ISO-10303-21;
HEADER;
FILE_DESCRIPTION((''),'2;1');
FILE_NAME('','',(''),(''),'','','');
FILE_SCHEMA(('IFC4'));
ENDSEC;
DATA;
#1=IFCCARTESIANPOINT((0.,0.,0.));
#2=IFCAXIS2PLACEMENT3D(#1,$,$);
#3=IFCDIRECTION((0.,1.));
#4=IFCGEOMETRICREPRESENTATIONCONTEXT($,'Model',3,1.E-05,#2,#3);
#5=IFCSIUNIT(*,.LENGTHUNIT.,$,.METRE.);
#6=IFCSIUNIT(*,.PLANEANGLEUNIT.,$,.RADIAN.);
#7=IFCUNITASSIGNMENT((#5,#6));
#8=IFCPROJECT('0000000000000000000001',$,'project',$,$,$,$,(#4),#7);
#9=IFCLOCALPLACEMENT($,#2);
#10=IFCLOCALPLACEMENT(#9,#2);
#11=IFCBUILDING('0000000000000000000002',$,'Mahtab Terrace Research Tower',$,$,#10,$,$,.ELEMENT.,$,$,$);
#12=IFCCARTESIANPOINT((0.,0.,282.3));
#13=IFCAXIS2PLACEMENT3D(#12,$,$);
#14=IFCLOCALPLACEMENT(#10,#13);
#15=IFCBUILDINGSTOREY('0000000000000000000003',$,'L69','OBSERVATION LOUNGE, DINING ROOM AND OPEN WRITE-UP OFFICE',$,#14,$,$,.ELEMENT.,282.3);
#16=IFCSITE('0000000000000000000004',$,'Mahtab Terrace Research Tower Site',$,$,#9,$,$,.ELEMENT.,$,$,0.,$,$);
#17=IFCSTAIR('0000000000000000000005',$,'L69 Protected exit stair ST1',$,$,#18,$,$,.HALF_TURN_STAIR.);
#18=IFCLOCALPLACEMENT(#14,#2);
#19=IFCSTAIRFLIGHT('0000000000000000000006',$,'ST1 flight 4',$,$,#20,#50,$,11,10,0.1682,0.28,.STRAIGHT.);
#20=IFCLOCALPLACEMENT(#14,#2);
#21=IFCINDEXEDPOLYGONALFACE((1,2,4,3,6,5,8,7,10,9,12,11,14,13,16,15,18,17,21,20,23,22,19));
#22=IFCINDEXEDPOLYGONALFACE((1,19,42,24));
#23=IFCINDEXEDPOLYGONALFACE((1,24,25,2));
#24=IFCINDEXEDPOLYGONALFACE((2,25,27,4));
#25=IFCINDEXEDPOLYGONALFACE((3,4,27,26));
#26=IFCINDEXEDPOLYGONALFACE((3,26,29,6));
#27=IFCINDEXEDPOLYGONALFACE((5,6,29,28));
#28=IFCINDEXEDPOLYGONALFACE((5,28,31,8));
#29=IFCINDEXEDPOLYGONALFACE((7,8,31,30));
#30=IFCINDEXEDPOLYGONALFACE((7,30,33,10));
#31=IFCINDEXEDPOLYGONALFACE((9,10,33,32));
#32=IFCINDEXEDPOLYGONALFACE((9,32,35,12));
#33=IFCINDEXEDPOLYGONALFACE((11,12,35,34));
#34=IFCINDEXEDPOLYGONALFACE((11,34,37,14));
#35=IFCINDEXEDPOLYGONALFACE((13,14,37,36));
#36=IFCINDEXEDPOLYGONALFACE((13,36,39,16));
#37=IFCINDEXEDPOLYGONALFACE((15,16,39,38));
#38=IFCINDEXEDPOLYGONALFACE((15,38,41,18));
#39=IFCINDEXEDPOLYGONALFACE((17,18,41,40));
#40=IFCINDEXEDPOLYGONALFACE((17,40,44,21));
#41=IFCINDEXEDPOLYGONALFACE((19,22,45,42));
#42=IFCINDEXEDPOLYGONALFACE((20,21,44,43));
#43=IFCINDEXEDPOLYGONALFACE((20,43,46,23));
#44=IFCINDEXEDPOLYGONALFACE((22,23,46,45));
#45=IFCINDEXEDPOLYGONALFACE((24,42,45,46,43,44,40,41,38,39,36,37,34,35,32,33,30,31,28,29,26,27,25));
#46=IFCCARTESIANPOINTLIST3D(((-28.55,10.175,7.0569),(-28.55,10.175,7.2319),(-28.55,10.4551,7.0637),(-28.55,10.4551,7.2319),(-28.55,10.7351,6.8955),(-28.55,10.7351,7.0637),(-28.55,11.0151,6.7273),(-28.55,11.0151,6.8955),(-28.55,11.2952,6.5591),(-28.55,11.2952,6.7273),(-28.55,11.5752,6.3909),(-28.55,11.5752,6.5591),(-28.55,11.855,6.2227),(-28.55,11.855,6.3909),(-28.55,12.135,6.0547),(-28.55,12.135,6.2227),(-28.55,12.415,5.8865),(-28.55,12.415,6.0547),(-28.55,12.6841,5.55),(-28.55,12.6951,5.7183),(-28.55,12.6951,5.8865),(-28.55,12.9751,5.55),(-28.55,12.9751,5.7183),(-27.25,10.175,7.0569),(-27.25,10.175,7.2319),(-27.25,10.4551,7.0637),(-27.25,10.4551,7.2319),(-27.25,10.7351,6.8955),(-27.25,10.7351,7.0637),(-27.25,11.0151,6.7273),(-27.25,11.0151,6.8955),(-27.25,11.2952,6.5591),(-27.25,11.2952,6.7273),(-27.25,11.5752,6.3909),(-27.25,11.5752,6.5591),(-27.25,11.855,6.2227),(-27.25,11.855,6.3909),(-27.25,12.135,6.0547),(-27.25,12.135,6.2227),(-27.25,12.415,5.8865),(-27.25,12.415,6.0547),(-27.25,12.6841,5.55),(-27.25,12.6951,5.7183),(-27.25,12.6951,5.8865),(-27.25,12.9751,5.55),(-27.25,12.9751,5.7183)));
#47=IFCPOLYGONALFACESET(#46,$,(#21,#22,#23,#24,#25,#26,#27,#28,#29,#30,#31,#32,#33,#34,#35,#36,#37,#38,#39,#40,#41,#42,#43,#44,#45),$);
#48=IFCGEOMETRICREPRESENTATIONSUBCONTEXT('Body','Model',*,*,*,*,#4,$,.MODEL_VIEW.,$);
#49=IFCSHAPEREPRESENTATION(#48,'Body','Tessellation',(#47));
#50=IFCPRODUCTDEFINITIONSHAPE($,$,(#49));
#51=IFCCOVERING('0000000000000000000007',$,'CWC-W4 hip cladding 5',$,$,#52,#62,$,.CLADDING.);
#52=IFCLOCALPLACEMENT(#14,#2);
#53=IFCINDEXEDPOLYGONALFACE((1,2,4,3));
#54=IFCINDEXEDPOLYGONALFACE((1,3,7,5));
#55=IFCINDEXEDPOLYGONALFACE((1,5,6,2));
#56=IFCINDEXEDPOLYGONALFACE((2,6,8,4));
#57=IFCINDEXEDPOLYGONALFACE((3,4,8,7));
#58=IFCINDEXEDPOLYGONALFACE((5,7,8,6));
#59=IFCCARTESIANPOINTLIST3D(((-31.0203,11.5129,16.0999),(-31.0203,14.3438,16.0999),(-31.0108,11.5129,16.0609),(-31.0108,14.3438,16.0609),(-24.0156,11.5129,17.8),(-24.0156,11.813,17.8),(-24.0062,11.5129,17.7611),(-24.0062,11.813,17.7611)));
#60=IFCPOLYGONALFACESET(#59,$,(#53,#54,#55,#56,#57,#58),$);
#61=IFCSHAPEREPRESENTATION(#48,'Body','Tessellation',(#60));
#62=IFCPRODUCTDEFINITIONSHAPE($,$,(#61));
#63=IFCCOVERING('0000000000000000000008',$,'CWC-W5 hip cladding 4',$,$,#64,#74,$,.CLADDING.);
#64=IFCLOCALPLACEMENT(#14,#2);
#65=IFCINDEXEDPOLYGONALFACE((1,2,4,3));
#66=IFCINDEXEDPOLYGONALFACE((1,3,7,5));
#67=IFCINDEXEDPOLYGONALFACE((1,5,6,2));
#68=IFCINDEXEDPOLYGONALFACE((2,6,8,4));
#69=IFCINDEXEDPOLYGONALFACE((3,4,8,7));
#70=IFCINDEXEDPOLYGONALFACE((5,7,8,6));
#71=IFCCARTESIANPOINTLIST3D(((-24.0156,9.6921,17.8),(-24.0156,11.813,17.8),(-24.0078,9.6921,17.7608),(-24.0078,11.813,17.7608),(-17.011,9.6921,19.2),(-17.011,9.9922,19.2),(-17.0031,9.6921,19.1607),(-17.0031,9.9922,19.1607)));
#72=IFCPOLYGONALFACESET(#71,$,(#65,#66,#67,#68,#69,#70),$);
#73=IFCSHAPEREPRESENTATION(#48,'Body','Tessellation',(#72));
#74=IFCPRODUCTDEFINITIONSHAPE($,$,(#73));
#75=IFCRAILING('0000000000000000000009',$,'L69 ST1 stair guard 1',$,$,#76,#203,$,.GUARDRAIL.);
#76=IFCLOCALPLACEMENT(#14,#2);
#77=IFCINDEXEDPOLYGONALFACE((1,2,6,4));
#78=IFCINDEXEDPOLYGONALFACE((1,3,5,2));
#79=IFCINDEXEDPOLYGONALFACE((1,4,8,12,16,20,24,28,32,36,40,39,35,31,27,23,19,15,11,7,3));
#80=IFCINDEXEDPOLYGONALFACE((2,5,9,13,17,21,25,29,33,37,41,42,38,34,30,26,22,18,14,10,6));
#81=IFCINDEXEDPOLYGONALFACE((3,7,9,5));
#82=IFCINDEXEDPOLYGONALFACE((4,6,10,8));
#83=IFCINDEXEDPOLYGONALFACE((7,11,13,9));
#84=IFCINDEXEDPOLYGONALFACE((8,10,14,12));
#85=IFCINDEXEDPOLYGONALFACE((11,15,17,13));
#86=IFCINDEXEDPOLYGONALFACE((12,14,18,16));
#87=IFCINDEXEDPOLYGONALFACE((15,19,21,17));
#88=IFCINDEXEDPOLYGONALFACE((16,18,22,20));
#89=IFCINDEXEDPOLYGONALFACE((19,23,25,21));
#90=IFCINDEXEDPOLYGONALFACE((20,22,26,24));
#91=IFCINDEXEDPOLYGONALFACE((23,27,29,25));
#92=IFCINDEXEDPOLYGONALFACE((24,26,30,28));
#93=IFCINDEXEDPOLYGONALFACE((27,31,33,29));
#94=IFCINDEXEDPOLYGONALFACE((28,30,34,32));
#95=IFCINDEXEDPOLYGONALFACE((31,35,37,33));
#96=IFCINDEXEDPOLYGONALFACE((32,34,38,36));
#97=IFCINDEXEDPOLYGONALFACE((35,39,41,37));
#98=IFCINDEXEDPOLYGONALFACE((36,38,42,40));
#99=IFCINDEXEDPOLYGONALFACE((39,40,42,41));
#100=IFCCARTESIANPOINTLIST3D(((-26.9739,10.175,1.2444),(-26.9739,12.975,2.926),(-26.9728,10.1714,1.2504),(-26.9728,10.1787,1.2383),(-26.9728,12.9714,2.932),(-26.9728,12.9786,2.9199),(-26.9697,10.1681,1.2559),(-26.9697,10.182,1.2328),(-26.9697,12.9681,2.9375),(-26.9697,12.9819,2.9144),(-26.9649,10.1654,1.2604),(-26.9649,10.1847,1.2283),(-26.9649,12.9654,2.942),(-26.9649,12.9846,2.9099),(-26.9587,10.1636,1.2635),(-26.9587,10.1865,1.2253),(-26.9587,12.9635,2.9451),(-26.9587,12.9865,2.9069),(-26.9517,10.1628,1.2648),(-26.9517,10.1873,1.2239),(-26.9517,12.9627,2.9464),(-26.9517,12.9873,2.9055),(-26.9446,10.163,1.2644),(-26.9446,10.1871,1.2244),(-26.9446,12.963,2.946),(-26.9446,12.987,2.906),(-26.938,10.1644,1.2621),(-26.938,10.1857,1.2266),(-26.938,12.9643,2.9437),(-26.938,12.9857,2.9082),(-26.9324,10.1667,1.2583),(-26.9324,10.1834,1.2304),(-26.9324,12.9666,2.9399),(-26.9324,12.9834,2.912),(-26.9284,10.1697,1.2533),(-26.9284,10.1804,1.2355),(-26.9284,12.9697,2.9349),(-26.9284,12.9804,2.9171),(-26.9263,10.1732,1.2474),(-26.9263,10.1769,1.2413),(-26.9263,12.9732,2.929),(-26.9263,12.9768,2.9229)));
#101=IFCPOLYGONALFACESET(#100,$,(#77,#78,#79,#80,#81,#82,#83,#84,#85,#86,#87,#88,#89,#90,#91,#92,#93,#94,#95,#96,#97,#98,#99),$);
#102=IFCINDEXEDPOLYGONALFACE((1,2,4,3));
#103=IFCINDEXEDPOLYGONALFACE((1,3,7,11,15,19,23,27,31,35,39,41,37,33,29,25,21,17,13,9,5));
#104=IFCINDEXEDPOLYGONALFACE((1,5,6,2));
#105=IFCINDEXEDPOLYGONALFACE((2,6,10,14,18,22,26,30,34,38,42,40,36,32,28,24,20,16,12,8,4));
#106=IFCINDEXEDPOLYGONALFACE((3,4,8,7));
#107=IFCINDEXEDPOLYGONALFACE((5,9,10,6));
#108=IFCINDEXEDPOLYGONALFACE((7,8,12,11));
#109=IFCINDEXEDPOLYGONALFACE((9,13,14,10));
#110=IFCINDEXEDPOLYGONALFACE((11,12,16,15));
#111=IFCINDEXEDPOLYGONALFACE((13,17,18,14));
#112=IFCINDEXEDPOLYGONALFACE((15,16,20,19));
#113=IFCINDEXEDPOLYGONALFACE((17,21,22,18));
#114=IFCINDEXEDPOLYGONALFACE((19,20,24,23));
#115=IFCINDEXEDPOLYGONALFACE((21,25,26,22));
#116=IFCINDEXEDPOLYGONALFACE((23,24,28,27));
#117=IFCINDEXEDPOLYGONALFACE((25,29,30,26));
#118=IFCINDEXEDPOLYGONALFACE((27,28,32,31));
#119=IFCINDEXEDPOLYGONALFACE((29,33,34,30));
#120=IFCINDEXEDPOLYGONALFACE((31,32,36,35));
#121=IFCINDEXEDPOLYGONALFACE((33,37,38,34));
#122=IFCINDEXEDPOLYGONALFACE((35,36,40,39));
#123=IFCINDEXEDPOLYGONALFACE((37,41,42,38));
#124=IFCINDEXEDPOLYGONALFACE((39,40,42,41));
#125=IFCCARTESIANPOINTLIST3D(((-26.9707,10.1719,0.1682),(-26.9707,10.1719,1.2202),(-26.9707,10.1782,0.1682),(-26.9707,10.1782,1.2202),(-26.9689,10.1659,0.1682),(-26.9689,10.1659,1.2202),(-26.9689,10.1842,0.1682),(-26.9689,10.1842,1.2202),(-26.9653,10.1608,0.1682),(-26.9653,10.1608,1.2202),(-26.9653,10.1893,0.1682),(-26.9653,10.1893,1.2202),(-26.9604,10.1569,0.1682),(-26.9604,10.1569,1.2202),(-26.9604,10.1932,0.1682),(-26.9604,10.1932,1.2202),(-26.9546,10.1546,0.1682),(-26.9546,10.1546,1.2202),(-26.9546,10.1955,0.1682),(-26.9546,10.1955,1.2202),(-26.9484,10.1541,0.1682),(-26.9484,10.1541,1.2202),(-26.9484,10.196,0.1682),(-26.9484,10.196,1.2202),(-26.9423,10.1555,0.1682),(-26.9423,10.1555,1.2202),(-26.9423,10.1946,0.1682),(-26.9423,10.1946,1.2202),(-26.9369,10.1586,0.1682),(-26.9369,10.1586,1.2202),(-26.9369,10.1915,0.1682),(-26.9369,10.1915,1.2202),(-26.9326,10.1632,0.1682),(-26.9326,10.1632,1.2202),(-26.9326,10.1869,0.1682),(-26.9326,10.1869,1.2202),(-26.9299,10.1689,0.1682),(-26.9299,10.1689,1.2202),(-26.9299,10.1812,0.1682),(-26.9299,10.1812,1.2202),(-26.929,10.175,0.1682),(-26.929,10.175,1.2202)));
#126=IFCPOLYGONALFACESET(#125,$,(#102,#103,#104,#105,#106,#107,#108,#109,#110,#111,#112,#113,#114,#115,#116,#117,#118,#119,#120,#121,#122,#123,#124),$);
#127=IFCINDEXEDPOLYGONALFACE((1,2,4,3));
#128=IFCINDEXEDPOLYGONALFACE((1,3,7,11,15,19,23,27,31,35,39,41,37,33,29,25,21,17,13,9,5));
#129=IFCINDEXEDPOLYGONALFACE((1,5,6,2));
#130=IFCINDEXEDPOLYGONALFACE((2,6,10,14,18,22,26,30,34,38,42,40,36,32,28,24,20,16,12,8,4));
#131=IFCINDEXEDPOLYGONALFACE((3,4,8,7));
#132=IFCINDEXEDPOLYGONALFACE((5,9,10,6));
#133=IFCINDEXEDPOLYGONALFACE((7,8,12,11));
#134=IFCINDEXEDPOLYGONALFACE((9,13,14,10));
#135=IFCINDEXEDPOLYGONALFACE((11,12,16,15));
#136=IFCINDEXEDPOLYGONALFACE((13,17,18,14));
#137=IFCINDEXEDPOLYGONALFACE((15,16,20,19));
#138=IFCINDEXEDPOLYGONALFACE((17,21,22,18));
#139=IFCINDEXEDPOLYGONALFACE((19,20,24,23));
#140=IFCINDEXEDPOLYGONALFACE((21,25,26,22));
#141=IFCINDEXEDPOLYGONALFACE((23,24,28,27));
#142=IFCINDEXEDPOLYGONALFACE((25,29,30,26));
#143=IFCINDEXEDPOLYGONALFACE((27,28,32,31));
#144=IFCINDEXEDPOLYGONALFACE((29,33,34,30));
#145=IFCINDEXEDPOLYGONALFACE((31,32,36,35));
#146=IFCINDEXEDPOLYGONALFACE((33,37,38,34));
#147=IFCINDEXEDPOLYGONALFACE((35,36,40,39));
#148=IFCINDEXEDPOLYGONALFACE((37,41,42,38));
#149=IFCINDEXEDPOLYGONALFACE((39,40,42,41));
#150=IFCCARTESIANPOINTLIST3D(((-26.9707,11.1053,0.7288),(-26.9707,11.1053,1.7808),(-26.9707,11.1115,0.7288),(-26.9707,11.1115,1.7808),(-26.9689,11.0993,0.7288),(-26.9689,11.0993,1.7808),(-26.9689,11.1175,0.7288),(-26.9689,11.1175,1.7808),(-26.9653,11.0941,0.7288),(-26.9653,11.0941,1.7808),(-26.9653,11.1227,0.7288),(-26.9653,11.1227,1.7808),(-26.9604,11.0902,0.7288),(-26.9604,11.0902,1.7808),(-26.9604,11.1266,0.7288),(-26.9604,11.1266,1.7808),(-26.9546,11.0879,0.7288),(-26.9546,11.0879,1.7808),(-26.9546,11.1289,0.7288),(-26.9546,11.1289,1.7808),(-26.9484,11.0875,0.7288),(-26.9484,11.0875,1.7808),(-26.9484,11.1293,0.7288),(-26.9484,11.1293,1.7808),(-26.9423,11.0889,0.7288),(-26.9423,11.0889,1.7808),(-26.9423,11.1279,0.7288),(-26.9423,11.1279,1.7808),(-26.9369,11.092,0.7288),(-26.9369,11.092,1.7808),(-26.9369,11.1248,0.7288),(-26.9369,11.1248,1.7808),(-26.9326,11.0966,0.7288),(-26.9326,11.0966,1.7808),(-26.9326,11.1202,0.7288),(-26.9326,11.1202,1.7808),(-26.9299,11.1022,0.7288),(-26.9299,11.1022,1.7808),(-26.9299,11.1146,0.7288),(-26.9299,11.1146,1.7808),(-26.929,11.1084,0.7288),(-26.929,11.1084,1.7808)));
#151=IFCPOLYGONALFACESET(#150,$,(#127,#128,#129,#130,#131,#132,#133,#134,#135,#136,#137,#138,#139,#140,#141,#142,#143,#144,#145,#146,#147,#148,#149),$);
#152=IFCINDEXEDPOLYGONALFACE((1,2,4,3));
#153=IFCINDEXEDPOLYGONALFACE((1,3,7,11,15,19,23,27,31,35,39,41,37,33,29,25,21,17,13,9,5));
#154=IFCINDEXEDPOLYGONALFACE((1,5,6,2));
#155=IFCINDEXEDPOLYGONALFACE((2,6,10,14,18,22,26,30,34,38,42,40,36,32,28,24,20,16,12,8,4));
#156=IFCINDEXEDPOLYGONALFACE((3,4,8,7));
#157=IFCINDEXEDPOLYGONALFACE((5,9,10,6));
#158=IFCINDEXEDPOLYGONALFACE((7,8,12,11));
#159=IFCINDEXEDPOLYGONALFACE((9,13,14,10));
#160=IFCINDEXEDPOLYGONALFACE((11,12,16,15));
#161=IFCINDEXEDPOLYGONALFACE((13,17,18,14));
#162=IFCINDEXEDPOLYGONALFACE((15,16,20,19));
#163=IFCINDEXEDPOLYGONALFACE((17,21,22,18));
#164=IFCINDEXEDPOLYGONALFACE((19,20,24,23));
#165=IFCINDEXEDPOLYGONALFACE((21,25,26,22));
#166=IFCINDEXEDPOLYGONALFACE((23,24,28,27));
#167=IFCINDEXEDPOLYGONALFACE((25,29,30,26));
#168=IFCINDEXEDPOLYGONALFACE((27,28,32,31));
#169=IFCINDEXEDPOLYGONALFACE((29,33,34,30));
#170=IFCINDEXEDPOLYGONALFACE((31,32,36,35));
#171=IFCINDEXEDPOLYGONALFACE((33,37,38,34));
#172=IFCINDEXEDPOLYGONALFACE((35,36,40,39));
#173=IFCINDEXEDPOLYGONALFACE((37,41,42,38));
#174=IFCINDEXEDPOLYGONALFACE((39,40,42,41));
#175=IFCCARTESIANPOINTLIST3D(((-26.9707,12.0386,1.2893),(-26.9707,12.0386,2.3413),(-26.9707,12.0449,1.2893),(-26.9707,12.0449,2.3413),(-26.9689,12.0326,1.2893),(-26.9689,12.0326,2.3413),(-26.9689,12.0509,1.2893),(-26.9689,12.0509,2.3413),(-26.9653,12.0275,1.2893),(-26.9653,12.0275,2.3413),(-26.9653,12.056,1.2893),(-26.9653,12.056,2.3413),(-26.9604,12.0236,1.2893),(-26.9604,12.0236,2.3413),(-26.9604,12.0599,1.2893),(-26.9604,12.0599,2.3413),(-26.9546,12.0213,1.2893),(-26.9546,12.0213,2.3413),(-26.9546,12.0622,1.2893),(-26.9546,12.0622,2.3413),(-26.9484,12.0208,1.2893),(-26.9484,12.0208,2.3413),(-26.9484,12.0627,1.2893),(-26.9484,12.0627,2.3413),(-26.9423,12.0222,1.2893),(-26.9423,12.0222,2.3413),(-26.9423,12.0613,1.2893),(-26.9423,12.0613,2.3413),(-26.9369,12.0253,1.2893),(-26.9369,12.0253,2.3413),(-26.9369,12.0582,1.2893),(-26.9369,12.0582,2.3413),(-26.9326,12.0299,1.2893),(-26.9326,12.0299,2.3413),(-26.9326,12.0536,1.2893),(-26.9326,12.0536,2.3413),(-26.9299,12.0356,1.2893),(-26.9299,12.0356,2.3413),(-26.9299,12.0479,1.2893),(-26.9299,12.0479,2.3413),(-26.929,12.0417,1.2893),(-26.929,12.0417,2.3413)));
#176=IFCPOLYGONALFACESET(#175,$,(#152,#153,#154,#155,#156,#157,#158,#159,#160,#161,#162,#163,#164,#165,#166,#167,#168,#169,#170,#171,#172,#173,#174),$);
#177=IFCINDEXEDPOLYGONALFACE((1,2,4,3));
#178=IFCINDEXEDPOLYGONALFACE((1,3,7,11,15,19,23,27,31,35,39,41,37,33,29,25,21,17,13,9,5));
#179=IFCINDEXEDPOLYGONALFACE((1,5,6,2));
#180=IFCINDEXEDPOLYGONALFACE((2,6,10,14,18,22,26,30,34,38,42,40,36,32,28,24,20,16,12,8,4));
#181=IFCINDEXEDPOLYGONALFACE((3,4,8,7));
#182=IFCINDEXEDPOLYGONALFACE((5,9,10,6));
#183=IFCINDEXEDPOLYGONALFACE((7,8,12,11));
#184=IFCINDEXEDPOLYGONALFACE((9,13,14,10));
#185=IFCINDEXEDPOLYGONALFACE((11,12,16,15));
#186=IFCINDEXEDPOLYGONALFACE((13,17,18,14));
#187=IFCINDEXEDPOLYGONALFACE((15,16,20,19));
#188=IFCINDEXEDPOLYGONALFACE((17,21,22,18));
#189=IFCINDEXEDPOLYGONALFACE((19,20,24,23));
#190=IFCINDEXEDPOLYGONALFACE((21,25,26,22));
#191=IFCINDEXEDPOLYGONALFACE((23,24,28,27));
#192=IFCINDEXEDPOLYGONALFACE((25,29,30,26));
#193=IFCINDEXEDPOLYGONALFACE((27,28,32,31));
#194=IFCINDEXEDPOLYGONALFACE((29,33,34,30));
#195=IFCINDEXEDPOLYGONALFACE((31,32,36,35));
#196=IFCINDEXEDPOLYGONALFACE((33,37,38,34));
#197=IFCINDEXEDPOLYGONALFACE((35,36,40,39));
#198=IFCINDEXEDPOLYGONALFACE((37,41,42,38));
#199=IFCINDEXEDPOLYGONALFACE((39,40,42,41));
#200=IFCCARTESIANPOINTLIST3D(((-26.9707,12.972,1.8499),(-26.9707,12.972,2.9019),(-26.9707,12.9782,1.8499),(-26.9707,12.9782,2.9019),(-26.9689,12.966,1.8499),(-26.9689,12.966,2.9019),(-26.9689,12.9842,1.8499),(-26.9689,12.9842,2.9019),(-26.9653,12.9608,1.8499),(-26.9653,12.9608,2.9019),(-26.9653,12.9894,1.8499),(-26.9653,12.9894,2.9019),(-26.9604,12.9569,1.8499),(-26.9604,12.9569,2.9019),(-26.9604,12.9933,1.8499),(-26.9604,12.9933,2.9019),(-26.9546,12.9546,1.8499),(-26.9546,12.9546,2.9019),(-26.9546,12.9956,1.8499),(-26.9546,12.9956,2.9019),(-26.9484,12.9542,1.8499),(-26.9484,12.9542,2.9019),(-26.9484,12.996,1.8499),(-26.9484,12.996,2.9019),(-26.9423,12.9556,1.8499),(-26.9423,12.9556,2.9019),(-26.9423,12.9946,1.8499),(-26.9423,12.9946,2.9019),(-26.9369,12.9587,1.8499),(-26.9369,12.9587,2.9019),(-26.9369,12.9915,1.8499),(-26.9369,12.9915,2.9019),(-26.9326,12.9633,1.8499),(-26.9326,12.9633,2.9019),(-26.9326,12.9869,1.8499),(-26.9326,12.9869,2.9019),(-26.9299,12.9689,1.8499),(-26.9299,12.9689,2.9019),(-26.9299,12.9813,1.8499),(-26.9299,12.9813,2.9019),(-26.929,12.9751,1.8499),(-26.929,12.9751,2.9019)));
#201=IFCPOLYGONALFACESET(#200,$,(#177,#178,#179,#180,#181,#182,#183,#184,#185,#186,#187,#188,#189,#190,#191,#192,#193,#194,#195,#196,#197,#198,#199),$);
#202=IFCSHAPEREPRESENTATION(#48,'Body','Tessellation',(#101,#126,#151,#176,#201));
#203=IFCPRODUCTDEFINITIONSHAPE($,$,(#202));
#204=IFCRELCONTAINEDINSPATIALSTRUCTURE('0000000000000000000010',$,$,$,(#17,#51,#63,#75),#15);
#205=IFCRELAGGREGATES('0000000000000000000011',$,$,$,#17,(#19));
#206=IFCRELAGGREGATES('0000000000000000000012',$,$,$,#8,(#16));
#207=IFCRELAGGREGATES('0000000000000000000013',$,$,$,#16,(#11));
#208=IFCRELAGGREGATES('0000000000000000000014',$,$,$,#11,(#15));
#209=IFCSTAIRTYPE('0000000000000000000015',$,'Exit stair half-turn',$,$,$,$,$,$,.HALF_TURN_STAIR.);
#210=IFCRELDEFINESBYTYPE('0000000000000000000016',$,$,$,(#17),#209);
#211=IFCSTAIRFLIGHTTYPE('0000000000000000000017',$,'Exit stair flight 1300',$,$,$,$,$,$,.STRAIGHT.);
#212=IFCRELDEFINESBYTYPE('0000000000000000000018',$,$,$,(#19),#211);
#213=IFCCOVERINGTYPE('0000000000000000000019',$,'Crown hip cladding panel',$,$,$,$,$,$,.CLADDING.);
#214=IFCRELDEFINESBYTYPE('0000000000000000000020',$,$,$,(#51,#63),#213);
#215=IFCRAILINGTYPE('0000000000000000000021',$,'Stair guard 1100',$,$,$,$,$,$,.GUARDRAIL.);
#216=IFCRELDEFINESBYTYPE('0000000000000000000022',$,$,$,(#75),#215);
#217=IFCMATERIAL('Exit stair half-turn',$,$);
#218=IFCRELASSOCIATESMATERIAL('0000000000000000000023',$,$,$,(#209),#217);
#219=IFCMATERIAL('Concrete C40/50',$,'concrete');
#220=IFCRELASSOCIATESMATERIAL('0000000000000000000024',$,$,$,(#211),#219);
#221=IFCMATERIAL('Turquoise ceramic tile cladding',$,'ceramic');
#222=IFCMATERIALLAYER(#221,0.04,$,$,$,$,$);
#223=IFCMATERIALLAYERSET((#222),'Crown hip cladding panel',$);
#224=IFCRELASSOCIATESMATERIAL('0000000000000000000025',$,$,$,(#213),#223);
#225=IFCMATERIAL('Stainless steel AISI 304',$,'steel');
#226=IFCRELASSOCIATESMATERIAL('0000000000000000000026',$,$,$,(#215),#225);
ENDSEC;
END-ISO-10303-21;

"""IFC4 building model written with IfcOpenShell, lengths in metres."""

from ifc_helpers import new_model, si_unit, direction, frame, origin, origin_2d, place, context, subcontext, project, spatial, polyline, circle, outline, extrude, material, layer, layer_set, type_object, element, aggregate, save


model = new_model("IFC4")

# Units and contexts
model_context = context("Model", 3, precision=1e-05, world=origin(), true_north=direction((0.0, 1.0)))
body_context = subcontext(model_context, "Body", "Model", "MODEL_VIEW")
ifc_project = project(units=[si_unit("LENGTHUNIT", "METRE"), si_unit("PLANEANGLEUNIT", "RADIAN")], contexts=[model_context])

# Site, building, storey
site_placement = place(None, origin())
site = spatial("IfcSite", under=ifc_project, at=site_placement, Name="Mahtab Terrace Research Tower Site", CompositionType="ELEMENT", RefElevation=0.0)
building_placement = place(site_placement, origin())
building = spatial("IfcBuilding", under=site, at=building_placement, Name="Mahtab Terrace Research Tower", CompositionType="ELEMENT")
storey_placement = place(building_placement, frame((0.0, 0.0, 282.3)))
storey = spatial("IfcBuildingStorey", under=building, at=storey_placement, Name="L69", Description="OBSERVATION LOUNGE, DINING ROOM AND OPEN WRITE-UP OFFICE", CompositionType="ELEMENT", Elevation=282.3)

# Stair, stair flight
ifc_material_1 = material(Name="Exit stair half-turn")
stair_type = type_object("IfcStairType", Name="Exit stair half-turn", PredefinedType="HALF_TURN_STAIR", material=ifc_material_1)
stair_placement = place(storey_placement, origin())
stair = element("IfcStair", 1, at=stair_placement, inside=storey, type_object=stair_type, Name="L69 Protected exit stair ST1", PredefinedType="HALF_TURN_STAIR")
ifc_material_2 = material(Name="Concrete C40/50", Category="concrete")
stair_flight_type = type_object("IfcStairFlightType", Name="Exit stair flight 1300", PredefinedType="STRAIGHT", material=ifc_material_2)
stair_flight_1_placement = place(storey_placement, frame((-27.8999, 12.9751, 5.55), z_axis=(0.0, 0.0, 1.0), x_axis=(0.0, -1.0, 0.0)))
stair_flight_1 = element("IfcStairFlight", 2, at=stair_flight_1_placement, type_object=stair_flight_type, Name="ST1 flight 4", NumberOfRisers=11, NumberOfTreads=10, PredefinedType="STRAIGHT", RiserHeight=0.1682, TreadLength=0.28, context=body_context, shape_type="SweptSolid", body=[
    extrude(outline(polyline([(0.0, 0.0), (0.0, 0.1682), (0.28, 0.1682), (0.28, 0.3364), (0.5601, 0.3364), (0.5601, 0.5046), (0.8401, 0.5046), (0.8401, 0.6726), (1.1201, 0.6726), (1.1201, 0.8408), (1.3999, 0.8408), (1.3999, 1.009), (1.6799, 1.009), (1.6799, 1.1772), (1.96, 1.1772), (1.96, 1.3455), (2.24, 1.3455), (2.24, 1.5137), (2.52, 1.5137), (2.52, 1.6819), (2.8, 1.6819), (2.8, 1.8501), (2.8, 1.5068), (0.291, 0.0), (0.0, 0.0)])), frame((0.0, 0.6499, 0.0), z_axis=(0.0, -1.0, 0.0), x_axis=(1.0, 0.0, 0.0)), (0.0, 0.0, 1.0), 1.3),
])
aggregate(stair, [stair_flight_1])

# Coverings
ifc_material_3 = material(Name="Turquoise ceramic tile cladding", Category="ceramic")
ifc_layer_1 = layer(ifc_material_3, 0.04)
ifc_layer_set_1 = layer_set([ifc_layer_1], Name="Crown hip cladding panel")
covering_type = type_object("IfcCoveringType", Name="Crown hip cladding panel", PredefinedType="CLADDING", material=ifc_layer_set_1)
covering_1_placement = place(storey_placement, frame((-31.0203, 14.3438, 16.0999), z_axis=(-0.235875, 0.0, 0.971783), x_axis=(0.91691, -0.331278, 0.222556)))
element("IfcCovering", 3, at=covering_1_placement, inside=storey, type_object=covering_type, Name="CWC-W4 hip cladding 5", PredefinedType="CLADDING", context=body_context, shape_type="SweptSolid", body=[
    extrude(outline(polyline([(0.0, 0.0), (7.6394, 0.0), (7.7388, -0.2831), (0.9378, -2.671), (0.0, 0.0)])), origin(), (0.0, 0.0, -1.0), 0.04),
])
covering_2_placement = place(storey_placement, frame((-24.0156, 11.813, 17.8), z_axis=(-0.195978, 0.0, 0.980608), x_axis=(0.950224, -0.247003, 0.189906)))
element("IfcCovering", 4, at=covering_2_placement, inside=storey, type_object=covering_type, Name="CWC-W5 hip cladding 4", PredefinedType="CLADDING", context=body_context, shape_type="SweptSolid", body=[
    extrude(outline(polyline([(0.0, 0.0), (7.3716, 0.0), (7.4457, -0.2908), (0.5239, -2.0551), (0.0, 0.0)])), origin(), (0.0, 0.0, -1.0), 0.04),
])

# Railing
ifc_material_4 = material(Name="Stainless steel AISI 304", Category="steel")
railing_type_1 = type_object("IfcRailingType", Name="Stair guard 1100", PredefinedType="GUARDRAIL", material=ifc_material_4)
railing_1_placement = place(storey_placement, frame((-26.95, 10.175, 0.1682)))
element("IfcRailing", 5, at=railing_1_placement, inside=storey, type_object=railing_type_1, Name="L69 ST1 stair guard 1", PredefinedType="GUARDRAIL", context=body_context, shape_type="SweptSolid", body=[
    extrude(circle(Radius=0.0239, at=origin_2d()), frame((0.0, 0.0, 1.0762), z_axis=(0.0, 0.857275, 0.514858), x_axis=(-1.0, 0.0, 0.0)), (0.0, 0.0, 1.0), 3.2661),
    extrude(circle(Radius=0.021, at=origin_2d()), origin(), (0.0, 0.0, 1.0), 1.052),
    extrude(circle(Radius=0.021, at=origin_2d()), frame((0.0, 0.9333, 0.5605)), (0.0, 0.0, 1.0), 1.052),
    extrude(circle(Radius=0.021, at=origin_2d()), frame((0.0, 1.8667, 1.1211)), (0.0, 0.0, 1.0), 1.052),
    extrude(circle(Radius=0.021, at=origin_2d()), frame((0.0, 2.8, 1.6816)), (0.0, 0.0, 1.0), 1.052),
])

save(model, "model.ifc")
